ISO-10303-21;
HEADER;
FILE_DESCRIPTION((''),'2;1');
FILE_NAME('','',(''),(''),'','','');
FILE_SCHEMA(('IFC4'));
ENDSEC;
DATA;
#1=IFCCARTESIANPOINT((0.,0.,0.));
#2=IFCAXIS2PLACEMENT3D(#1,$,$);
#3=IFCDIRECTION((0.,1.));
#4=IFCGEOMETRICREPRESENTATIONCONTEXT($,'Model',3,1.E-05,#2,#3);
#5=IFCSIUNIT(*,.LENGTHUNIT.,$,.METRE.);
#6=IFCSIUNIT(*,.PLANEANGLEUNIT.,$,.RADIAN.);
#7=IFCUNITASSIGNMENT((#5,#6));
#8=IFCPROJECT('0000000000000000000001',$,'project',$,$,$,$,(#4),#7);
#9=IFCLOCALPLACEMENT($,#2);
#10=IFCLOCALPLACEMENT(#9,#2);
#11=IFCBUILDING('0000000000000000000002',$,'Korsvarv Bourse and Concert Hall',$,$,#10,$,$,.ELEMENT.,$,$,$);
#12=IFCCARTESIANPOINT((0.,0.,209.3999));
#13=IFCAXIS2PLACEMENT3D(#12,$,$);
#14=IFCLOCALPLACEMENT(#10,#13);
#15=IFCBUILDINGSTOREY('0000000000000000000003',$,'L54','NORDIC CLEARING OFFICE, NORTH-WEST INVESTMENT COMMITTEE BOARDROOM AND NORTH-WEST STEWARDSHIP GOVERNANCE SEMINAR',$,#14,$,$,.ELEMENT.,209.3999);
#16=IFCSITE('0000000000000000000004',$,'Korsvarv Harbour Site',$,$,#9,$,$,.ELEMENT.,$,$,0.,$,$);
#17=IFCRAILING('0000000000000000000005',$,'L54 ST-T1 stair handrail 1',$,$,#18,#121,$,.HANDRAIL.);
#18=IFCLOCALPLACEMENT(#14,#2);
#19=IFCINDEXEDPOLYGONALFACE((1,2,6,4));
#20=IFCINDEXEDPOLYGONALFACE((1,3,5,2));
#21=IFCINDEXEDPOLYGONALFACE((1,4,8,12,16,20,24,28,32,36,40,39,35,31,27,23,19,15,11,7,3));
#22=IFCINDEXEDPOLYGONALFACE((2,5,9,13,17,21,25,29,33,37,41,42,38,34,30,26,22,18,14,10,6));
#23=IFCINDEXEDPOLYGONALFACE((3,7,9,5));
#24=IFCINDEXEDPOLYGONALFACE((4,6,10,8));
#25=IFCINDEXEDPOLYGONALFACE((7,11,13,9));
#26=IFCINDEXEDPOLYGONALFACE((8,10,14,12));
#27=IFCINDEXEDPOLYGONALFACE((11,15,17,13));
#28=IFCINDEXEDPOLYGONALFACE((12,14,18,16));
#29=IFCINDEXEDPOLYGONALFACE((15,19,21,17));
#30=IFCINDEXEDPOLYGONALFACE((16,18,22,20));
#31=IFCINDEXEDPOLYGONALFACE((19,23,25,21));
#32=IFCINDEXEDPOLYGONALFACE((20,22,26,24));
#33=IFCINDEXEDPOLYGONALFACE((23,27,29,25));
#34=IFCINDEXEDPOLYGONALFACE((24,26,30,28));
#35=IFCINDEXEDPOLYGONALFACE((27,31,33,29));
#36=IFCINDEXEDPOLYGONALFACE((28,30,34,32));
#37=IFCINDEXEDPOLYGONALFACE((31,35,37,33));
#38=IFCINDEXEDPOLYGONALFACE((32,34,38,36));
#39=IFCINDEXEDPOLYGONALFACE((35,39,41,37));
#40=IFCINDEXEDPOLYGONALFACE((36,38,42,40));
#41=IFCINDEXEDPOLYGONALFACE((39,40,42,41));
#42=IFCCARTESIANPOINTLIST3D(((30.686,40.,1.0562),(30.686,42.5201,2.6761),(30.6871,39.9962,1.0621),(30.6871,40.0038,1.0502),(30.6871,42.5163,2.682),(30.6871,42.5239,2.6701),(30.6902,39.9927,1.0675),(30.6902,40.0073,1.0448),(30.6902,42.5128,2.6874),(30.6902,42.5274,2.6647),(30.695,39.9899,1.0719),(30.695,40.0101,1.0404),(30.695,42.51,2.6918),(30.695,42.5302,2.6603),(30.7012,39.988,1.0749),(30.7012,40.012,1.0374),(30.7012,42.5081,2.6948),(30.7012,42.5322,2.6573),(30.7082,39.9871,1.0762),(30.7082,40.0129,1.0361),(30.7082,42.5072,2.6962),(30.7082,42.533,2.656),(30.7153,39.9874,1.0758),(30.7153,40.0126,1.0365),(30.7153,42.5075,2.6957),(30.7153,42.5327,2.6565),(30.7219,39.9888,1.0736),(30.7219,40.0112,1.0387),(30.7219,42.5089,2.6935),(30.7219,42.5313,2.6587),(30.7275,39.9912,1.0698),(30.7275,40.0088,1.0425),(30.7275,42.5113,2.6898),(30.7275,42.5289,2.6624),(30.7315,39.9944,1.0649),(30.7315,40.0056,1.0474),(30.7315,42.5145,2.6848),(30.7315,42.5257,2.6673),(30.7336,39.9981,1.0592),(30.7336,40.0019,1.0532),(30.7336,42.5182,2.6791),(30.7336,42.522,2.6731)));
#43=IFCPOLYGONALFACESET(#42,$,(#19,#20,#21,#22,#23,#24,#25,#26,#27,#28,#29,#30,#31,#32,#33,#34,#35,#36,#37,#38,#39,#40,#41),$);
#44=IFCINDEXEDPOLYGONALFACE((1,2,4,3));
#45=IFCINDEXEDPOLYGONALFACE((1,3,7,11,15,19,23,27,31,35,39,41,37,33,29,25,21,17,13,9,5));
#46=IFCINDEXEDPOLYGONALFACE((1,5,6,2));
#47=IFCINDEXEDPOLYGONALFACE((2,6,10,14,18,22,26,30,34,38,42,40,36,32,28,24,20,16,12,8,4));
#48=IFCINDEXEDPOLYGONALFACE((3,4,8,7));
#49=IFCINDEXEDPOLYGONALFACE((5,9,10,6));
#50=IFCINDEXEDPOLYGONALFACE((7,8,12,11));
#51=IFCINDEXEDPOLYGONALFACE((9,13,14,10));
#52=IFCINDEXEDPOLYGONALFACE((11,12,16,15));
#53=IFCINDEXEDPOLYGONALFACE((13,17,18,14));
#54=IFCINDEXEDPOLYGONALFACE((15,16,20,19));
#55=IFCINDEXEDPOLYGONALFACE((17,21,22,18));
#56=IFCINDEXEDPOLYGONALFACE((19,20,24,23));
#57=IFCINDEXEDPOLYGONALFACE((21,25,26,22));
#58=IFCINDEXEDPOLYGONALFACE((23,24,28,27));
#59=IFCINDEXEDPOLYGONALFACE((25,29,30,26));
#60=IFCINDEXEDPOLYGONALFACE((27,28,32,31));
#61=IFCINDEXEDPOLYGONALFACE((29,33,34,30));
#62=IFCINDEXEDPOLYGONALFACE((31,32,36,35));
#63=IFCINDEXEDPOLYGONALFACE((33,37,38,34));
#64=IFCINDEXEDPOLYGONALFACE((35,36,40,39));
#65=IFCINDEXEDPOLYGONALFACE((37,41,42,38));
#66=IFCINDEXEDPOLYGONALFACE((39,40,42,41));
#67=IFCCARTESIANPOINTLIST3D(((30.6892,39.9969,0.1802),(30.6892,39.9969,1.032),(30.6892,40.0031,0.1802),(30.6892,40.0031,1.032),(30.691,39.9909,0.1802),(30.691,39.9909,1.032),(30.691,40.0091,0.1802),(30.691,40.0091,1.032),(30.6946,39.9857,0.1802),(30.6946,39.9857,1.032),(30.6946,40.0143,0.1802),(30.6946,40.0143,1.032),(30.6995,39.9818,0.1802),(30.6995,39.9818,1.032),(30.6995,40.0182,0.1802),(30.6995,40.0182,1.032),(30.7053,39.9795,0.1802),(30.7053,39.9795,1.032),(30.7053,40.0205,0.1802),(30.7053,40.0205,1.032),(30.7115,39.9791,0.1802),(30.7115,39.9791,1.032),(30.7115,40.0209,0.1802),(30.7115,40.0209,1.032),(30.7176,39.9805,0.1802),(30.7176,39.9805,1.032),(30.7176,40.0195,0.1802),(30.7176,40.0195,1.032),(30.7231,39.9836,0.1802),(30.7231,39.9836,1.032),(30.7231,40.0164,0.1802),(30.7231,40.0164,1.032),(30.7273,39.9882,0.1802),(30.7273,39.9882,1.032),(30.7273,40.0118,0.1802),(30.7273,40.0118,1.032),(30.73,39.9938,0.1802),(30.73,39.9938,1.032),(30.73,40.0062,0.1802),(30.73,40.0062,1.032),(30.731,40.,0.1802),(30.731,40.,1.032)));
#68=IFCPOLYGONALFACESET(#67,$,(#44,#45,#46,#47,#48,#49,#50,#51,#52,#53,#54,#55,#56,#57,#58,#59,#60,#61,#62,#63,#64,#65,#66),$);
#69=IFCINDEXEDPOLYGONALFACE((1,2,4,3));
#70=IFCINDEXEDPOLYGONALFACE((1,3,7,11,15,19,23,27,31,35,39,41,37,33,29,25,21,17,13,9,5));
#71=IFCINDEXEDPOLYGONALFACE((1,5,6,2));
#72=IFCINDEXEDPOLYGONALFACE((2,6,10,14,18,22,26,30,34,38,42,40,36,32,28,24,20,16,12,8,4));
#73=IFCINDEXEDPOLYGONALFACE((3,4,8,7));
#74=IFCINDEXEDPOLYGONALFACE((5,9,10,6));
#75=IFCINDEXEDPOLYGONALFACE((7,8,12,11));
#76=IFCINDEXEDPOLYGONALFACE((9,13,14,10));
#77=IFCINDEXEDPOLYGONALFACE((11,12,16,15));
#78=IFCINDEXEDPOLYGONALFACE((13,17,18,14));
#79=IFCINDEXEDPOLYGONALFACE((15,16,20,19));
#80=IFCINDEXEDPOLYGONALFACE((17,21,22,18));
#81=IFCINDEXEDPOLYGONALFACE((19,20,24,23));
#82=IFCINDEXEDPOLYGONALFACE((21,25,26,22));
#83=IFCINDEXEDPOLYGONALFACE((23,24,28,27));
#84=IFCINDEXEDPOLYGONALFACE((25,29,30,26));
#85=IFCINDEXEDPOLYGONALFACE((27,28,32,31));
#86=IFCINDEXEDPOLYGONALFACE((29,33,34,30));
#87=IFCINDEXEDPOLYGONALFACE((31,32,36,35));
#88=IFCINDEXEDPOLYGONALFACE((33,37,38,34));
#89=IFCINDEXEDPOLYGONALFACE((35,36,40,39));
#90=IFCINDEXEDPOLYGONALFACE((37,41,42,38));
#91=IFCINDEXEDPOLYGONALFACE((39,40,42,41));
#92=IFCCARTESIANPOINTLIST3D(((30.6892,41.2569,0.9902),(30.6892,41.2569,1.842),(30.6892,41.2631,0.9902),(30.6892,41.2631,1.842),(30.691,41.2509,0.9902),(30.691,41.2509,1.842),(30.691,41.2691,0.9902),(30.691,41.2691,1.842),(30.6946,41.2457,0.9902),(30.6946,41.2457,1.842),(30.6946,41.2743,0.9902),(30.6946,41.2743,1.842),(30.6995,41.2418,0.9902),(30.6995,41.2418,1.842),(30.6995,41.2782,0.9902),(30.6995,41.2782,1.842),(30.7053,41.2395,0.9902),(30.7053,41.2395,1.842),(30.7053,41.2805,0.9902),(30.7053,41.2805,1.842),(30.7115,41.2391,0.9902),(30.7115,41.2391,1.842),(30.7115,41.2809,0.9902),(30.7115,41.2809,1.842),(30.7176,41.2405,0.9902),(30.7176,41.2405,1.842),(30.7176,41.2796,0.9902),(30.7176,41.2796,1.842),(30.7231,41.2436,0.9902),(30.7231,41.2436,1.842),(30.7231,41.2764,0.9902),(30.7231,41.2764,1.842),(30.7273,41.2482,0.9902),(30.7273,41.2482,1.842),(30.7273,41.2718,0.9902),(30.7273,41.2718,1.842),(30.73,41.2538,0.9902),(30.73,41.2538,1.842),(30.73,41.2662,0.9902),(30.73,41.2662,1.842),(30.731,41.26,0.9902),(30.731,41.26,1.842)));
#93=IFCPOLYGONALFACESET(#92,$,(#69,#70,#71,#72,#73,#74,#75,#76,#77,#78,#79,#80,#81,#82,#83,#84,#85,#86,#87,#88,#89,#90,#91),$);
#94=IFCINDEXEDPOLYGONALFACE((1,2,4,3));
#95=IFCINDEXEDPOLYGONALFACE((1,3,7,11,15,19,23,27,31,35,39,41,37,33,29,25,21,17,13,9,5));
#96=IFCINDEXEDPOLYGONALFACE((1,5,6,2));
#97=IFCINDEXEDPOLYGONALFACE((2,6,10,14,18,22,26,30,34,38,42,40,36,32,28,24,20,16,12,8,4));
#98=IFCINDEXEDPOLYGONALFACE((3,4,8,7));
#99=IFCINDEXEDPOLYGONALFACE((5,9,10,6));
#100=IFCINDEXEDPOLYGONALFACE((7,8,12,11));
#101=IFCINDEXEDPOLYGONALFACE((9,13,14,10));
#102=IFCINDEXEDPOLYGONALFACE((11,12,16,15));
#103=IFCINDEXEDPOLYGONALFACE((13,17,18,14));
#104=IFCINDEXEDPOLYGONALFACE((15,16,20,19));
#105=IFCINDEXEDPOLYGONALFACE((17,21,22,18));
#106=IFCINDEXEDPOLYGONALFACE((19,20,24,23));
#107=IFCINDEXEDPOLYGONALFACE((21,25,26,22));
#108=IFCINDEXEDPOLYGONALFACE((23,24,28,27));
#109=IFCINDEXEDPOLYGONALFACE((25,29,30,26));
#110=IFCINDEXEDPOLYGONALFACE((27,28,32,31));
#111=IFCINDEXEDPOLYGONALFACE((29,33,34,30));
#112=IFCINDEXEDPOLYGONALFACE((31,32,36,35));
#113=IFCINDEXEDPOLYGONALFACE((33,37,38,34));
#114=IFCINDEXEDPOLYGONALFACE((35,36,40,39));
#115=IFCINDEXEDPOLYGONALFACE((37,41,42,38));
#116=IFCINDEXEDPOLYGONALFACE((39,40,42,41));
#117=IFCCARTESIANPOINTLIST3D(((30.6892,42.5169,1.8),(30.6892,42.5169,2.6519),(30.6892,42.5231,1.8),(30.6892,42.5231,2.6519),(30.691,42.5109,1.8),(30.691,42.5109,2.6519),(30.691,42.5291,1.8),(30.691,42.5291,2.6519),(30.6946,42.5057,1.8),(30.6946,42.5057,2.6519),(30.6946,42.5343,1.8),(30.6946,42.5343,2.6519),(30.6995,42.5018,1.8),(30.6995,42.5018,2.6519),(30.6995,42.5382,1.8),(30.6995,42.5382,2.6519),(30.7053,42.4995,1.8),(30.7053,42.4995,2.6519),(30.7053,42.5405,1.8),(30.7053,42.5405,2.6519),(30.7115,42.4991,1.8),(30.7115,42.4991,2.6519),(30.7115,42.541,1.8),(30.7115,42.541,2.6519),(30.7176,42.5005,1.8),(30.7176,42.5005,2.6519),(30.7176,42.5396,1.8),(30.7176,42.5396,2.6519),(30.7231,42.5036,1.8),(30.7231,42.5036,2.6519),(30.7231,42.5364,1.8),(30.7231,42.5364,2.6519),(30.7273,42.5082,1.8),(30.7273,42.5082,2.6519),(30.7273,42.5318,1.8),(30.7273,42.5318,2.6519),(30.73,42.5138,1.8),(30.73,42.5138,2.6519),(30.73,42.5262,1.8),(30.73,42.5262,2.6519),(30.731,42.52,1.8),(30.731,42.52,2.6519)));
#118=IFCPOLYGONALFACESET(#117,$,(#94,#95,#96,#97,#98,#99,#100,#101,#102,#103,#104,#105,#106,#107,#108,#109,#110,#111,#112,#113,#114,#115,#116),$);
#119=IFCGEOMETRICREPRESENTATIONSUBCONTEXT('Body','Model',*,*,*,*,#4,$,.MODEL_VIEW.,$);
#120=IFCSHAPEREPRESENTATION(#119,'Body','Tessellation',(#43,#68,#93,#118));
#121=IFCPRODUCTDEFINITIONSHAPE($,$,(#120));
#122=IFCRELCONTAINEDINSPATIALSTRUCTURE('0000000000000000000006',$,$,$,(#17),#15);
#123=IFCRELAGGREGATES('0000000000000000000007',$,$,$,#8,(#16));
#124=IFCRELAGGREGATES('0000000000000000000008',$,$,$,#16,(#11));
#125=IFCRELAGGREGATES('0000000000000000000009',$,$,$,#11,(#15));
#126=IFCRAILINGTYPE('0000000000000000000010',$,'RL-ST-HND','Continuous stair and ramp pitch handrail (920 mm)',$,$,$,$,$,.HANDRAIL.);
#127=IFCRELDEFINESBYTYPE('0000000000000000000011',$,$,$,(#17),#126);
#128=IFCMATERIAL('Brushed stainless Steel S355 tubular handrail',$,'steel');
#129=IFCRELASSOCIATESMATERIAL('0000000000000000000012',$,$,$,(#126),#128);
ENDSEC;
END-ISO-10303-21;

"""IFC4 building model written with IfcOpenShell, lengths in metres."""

from ifc_helpers import new_model, si_unit, direction, frame, origin, origin_2d, place, context, subcontext, project, spatial, circle, extrude, material, type_object, element, save


model = new_model("IFC4")

# Units and contexts
model_context = context("Model", 3, precision=1e-05, world=origin(), true_north=direction((0.0, 1.0)))
body_context = subcontext(model_context, "Body", "Model", "MODEL_VIEW")
ifc_project = project(units=[si_unit("LENGTHUNIT", "METRE"), si_unit("PLANEANGLEUNIT", "RADIAN")], contexts=[model_context])

# Site, building, storey
site_placement = place(None, origin())
site = spatial("IfcSite", under=ifc_project, at=site_placement, Name="Korsvarv Harbour Site", CompositionType="ELEMENT", RefElevation=0.0)
building_placement = place(site_placement, origin())
building = spatial("IfcBuilding", under=site, at=building_placement, Name="Korsvarv Bourse and Concert Hall", CompositionType="ELEMENT")
storey_placement = place(building_placement, frame((0.0, 0.0, 209.3999)))
storey = spatial("IfcBuildingStorey", under=building, at=storey_placement, Name="L54", Description="NORDIC CLEARING OFFICE, NORTH-WEST INVESTMENT COMMITTEE BOARDROOM AND NORTH-WEST STEWARDSHIP GOVERNANCE SEMINAR", CompositionType="ELEMENT", Elevation=209.3999)

# Railing
ifc_material_1 = material(Name="Brushed stainless Steel S355 tubular handrail", Category="steel")
railing_type_1 = type_object("IfcRailingType", Name="RL-ST-HND", Description="Continuous stair and ramp pitch handrail (920 mm)", PredefinedType="HANDRAIL", material=ifc_material_1)
railing_1_placement = place(storey_placement, frame((30.71, 40.0, 0.1802)))
element("IfcRailing", 1, at=railing_1_placement, inside=storey, type_object=railing_type_1, Name="L54 ST-T1 stair handrail 1", PredefinedType="HANDRAIL", context=body_context, shape_type="SweptSolid", body=[
    extrude(circle(Radius=0.0239, at=origin_2d()), frame((0.0, 0.0, 0.876), z_axis=(0.0, 0.8412, 0.540725), x_axis=(-1.0, 0.0, 0.0)), (0.0, 0.0, 1.0), 2.9958),
    extrude(circle(Radius=0.021, at=origin_2d()), origin(), (0.0, 0.0, 1.0), 0.8518),
    extrude(circle(Radius=0.021, at=origin_2d()), frame((0.0, 1.26, 0.8101)), (0.0, 0.0, 1.0), 0.8518),
    extrude(circle(Radius=0.021, at=origin_2d()), frame((0.0, 2.52, 1.6199)), (0.0, 0.0, 1.0), 0.8518),
])

save(model, "model.ifc")
